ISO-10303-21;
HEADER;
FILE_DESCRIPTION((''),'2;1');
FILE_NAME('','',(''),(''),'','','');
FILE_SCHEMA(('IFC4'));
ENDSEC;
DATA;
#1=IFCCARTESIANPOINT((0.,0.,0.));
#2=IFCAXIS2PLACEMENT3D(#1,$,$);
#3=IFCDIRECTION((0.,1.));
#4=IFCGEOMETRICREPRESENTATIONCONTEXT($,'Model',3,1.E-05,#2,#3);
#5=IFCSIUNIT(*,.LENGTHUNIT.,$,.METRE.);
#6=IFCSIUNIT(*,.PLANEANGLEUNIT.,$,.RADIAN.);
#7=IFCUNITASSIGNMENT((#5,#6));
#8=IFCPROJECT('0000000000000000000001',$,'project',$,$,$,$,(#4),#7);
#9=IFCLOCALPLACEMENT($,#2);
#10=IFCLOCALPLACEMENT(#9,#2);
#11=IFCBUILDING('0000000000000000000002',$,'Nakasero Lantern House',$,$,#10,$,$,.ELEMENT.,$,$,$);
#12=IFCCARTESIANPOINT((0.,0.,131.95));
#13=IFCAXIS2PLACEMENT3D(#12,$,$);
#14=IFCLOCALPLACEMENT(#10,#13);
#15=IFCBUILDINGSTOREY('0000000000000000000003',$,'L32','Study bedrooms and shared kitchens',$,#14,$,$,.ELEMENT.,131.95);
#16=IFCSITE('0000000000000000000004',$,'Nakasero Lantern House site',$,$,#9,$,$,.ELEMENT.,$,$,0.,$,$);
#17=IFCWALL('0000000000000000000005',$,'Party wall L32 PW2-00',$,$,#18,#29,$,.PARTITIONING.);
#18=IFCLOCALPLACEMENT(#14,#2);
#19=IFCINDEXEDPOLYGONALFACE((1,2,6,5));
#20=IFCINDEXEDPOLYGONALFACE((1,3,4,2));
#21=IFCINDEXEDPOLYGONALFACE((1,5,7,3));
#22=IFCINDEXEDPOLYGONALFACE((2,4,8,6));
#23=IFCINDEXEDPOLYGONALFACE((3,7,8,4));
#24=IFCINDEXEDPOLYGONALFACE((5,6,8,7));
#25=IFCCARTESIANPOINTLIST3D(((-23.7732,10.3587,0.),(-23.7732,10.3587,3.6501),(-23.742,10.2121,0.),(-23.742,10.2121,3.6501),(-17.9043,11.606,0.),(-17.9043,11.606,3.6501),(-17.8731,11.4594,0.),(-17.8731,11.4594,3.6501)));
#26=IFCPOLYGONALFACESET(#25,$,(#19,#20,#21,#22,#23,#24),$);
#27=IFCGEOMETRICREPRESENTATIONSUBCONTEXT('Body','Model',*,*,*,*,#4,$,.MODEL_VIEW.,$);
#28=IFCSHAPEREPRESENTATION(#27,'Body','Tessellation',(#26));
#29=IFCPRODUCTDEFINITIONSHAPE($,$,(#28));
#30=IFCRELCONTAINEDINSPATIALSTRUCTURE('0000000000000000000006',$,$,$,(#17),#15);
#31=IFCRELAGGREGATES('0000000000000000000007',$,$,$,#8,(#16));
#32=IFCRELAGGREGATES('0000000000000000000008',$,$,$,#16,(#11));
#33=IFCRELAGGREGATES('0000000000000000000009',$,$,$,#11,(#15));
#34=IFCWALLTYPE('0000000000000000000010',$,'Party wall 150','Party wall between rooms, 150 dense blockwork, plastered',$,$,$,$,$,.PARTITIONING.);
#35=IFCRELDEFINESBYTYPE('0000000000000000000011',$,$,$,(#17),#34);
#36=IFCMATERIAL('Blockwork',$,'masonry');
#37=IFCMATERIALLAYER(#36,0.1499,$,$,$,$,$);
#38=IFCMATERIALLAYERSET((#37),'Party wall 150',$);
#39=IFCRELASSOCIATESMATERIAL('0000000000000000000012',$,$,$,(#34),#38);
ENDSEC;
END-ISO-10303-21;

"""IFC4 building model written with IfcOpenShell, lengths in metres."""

from ifc_helpers import new_model, si_unit, direction, frame, frame_2d, origin, place, context, subcontext, project, spatial, rectangle, extrude, material, layer, layer_set, type_object, element, save


model = new_model("IFC4")

# Units and contexts
model_context = context("Model", 3, precision=1e-05, world=origin(), true_north=direction((0.0, 1.0)))
body_context = subcontext(model_context, "Body", "Model", "MODEL_VIEW")
ifc_project = project(units=[si_unit("LENGTHUNIT", "METRE"), si_unit("PLANEANGLEUNIT", "RADIAN")], contexts=[model_context])

# Site, building, storey
site_placement = place(None, origin())
site = spatial("IfcSite", under=ifc_project, at=site_placement, Name="Nakasero Lantern House site", CompositionType="ELEMENT", RefElevation=0.0)
building_placement = place(site_placement, origin())
building = spatial("IfcBuilding", under=site, at=building_placement, Name="Nakasero Lantern House", CompositionType="ELEMENT")
storey_placement = place(building_placement, frame((0.0, 0.0, 131.95)))
storey = spatial("IfcBuildingStorey", under=building, at=storey_placement, Name="L32", Description="Study bedrooms and shared kitchens", CompositionType="ELEMENT", Elevation=131.95)

# Wall
ifc_material_1 = material(Name="Blockwork", Category="masonry")
ifc_layer_1 = layer(ifc_material_1, 0.1499)
ifc_layer_set_1 = layer_set([ifc_layer_1], Name="Party wall 150")
wall_type_1 = type_object("IfcWallType", Name="Party wall 150", Description="Party wall between rooms, 150 dense blockwork, plastered", PredefinedType="PARTITIONING", material=ifc_layer_set_1)
wall_1_placement = place(storey_placement, frame((-17.8887, 11.5327, 0.0), z_axis=(0.0, 0.0, 1.0), x_axis=(-0.978153, -0.207886, 0.0)))
element("IfcWall", 1, at=wall_1_placement, inside=storey, type_object=wall_type_1, Name="Party wall L32 PW2-00", PredefinedType="PARTITIONING", context=body_context, shape_type="SweptSolid", body=[
    extrude(rectangle(XDim=6.0, YDim=0.1499, at=frame_2d((3.0, 0.0))), origin(), (0.0, 0.0, 1.0), 3.6501),
])

save(model, "model.ifc")
